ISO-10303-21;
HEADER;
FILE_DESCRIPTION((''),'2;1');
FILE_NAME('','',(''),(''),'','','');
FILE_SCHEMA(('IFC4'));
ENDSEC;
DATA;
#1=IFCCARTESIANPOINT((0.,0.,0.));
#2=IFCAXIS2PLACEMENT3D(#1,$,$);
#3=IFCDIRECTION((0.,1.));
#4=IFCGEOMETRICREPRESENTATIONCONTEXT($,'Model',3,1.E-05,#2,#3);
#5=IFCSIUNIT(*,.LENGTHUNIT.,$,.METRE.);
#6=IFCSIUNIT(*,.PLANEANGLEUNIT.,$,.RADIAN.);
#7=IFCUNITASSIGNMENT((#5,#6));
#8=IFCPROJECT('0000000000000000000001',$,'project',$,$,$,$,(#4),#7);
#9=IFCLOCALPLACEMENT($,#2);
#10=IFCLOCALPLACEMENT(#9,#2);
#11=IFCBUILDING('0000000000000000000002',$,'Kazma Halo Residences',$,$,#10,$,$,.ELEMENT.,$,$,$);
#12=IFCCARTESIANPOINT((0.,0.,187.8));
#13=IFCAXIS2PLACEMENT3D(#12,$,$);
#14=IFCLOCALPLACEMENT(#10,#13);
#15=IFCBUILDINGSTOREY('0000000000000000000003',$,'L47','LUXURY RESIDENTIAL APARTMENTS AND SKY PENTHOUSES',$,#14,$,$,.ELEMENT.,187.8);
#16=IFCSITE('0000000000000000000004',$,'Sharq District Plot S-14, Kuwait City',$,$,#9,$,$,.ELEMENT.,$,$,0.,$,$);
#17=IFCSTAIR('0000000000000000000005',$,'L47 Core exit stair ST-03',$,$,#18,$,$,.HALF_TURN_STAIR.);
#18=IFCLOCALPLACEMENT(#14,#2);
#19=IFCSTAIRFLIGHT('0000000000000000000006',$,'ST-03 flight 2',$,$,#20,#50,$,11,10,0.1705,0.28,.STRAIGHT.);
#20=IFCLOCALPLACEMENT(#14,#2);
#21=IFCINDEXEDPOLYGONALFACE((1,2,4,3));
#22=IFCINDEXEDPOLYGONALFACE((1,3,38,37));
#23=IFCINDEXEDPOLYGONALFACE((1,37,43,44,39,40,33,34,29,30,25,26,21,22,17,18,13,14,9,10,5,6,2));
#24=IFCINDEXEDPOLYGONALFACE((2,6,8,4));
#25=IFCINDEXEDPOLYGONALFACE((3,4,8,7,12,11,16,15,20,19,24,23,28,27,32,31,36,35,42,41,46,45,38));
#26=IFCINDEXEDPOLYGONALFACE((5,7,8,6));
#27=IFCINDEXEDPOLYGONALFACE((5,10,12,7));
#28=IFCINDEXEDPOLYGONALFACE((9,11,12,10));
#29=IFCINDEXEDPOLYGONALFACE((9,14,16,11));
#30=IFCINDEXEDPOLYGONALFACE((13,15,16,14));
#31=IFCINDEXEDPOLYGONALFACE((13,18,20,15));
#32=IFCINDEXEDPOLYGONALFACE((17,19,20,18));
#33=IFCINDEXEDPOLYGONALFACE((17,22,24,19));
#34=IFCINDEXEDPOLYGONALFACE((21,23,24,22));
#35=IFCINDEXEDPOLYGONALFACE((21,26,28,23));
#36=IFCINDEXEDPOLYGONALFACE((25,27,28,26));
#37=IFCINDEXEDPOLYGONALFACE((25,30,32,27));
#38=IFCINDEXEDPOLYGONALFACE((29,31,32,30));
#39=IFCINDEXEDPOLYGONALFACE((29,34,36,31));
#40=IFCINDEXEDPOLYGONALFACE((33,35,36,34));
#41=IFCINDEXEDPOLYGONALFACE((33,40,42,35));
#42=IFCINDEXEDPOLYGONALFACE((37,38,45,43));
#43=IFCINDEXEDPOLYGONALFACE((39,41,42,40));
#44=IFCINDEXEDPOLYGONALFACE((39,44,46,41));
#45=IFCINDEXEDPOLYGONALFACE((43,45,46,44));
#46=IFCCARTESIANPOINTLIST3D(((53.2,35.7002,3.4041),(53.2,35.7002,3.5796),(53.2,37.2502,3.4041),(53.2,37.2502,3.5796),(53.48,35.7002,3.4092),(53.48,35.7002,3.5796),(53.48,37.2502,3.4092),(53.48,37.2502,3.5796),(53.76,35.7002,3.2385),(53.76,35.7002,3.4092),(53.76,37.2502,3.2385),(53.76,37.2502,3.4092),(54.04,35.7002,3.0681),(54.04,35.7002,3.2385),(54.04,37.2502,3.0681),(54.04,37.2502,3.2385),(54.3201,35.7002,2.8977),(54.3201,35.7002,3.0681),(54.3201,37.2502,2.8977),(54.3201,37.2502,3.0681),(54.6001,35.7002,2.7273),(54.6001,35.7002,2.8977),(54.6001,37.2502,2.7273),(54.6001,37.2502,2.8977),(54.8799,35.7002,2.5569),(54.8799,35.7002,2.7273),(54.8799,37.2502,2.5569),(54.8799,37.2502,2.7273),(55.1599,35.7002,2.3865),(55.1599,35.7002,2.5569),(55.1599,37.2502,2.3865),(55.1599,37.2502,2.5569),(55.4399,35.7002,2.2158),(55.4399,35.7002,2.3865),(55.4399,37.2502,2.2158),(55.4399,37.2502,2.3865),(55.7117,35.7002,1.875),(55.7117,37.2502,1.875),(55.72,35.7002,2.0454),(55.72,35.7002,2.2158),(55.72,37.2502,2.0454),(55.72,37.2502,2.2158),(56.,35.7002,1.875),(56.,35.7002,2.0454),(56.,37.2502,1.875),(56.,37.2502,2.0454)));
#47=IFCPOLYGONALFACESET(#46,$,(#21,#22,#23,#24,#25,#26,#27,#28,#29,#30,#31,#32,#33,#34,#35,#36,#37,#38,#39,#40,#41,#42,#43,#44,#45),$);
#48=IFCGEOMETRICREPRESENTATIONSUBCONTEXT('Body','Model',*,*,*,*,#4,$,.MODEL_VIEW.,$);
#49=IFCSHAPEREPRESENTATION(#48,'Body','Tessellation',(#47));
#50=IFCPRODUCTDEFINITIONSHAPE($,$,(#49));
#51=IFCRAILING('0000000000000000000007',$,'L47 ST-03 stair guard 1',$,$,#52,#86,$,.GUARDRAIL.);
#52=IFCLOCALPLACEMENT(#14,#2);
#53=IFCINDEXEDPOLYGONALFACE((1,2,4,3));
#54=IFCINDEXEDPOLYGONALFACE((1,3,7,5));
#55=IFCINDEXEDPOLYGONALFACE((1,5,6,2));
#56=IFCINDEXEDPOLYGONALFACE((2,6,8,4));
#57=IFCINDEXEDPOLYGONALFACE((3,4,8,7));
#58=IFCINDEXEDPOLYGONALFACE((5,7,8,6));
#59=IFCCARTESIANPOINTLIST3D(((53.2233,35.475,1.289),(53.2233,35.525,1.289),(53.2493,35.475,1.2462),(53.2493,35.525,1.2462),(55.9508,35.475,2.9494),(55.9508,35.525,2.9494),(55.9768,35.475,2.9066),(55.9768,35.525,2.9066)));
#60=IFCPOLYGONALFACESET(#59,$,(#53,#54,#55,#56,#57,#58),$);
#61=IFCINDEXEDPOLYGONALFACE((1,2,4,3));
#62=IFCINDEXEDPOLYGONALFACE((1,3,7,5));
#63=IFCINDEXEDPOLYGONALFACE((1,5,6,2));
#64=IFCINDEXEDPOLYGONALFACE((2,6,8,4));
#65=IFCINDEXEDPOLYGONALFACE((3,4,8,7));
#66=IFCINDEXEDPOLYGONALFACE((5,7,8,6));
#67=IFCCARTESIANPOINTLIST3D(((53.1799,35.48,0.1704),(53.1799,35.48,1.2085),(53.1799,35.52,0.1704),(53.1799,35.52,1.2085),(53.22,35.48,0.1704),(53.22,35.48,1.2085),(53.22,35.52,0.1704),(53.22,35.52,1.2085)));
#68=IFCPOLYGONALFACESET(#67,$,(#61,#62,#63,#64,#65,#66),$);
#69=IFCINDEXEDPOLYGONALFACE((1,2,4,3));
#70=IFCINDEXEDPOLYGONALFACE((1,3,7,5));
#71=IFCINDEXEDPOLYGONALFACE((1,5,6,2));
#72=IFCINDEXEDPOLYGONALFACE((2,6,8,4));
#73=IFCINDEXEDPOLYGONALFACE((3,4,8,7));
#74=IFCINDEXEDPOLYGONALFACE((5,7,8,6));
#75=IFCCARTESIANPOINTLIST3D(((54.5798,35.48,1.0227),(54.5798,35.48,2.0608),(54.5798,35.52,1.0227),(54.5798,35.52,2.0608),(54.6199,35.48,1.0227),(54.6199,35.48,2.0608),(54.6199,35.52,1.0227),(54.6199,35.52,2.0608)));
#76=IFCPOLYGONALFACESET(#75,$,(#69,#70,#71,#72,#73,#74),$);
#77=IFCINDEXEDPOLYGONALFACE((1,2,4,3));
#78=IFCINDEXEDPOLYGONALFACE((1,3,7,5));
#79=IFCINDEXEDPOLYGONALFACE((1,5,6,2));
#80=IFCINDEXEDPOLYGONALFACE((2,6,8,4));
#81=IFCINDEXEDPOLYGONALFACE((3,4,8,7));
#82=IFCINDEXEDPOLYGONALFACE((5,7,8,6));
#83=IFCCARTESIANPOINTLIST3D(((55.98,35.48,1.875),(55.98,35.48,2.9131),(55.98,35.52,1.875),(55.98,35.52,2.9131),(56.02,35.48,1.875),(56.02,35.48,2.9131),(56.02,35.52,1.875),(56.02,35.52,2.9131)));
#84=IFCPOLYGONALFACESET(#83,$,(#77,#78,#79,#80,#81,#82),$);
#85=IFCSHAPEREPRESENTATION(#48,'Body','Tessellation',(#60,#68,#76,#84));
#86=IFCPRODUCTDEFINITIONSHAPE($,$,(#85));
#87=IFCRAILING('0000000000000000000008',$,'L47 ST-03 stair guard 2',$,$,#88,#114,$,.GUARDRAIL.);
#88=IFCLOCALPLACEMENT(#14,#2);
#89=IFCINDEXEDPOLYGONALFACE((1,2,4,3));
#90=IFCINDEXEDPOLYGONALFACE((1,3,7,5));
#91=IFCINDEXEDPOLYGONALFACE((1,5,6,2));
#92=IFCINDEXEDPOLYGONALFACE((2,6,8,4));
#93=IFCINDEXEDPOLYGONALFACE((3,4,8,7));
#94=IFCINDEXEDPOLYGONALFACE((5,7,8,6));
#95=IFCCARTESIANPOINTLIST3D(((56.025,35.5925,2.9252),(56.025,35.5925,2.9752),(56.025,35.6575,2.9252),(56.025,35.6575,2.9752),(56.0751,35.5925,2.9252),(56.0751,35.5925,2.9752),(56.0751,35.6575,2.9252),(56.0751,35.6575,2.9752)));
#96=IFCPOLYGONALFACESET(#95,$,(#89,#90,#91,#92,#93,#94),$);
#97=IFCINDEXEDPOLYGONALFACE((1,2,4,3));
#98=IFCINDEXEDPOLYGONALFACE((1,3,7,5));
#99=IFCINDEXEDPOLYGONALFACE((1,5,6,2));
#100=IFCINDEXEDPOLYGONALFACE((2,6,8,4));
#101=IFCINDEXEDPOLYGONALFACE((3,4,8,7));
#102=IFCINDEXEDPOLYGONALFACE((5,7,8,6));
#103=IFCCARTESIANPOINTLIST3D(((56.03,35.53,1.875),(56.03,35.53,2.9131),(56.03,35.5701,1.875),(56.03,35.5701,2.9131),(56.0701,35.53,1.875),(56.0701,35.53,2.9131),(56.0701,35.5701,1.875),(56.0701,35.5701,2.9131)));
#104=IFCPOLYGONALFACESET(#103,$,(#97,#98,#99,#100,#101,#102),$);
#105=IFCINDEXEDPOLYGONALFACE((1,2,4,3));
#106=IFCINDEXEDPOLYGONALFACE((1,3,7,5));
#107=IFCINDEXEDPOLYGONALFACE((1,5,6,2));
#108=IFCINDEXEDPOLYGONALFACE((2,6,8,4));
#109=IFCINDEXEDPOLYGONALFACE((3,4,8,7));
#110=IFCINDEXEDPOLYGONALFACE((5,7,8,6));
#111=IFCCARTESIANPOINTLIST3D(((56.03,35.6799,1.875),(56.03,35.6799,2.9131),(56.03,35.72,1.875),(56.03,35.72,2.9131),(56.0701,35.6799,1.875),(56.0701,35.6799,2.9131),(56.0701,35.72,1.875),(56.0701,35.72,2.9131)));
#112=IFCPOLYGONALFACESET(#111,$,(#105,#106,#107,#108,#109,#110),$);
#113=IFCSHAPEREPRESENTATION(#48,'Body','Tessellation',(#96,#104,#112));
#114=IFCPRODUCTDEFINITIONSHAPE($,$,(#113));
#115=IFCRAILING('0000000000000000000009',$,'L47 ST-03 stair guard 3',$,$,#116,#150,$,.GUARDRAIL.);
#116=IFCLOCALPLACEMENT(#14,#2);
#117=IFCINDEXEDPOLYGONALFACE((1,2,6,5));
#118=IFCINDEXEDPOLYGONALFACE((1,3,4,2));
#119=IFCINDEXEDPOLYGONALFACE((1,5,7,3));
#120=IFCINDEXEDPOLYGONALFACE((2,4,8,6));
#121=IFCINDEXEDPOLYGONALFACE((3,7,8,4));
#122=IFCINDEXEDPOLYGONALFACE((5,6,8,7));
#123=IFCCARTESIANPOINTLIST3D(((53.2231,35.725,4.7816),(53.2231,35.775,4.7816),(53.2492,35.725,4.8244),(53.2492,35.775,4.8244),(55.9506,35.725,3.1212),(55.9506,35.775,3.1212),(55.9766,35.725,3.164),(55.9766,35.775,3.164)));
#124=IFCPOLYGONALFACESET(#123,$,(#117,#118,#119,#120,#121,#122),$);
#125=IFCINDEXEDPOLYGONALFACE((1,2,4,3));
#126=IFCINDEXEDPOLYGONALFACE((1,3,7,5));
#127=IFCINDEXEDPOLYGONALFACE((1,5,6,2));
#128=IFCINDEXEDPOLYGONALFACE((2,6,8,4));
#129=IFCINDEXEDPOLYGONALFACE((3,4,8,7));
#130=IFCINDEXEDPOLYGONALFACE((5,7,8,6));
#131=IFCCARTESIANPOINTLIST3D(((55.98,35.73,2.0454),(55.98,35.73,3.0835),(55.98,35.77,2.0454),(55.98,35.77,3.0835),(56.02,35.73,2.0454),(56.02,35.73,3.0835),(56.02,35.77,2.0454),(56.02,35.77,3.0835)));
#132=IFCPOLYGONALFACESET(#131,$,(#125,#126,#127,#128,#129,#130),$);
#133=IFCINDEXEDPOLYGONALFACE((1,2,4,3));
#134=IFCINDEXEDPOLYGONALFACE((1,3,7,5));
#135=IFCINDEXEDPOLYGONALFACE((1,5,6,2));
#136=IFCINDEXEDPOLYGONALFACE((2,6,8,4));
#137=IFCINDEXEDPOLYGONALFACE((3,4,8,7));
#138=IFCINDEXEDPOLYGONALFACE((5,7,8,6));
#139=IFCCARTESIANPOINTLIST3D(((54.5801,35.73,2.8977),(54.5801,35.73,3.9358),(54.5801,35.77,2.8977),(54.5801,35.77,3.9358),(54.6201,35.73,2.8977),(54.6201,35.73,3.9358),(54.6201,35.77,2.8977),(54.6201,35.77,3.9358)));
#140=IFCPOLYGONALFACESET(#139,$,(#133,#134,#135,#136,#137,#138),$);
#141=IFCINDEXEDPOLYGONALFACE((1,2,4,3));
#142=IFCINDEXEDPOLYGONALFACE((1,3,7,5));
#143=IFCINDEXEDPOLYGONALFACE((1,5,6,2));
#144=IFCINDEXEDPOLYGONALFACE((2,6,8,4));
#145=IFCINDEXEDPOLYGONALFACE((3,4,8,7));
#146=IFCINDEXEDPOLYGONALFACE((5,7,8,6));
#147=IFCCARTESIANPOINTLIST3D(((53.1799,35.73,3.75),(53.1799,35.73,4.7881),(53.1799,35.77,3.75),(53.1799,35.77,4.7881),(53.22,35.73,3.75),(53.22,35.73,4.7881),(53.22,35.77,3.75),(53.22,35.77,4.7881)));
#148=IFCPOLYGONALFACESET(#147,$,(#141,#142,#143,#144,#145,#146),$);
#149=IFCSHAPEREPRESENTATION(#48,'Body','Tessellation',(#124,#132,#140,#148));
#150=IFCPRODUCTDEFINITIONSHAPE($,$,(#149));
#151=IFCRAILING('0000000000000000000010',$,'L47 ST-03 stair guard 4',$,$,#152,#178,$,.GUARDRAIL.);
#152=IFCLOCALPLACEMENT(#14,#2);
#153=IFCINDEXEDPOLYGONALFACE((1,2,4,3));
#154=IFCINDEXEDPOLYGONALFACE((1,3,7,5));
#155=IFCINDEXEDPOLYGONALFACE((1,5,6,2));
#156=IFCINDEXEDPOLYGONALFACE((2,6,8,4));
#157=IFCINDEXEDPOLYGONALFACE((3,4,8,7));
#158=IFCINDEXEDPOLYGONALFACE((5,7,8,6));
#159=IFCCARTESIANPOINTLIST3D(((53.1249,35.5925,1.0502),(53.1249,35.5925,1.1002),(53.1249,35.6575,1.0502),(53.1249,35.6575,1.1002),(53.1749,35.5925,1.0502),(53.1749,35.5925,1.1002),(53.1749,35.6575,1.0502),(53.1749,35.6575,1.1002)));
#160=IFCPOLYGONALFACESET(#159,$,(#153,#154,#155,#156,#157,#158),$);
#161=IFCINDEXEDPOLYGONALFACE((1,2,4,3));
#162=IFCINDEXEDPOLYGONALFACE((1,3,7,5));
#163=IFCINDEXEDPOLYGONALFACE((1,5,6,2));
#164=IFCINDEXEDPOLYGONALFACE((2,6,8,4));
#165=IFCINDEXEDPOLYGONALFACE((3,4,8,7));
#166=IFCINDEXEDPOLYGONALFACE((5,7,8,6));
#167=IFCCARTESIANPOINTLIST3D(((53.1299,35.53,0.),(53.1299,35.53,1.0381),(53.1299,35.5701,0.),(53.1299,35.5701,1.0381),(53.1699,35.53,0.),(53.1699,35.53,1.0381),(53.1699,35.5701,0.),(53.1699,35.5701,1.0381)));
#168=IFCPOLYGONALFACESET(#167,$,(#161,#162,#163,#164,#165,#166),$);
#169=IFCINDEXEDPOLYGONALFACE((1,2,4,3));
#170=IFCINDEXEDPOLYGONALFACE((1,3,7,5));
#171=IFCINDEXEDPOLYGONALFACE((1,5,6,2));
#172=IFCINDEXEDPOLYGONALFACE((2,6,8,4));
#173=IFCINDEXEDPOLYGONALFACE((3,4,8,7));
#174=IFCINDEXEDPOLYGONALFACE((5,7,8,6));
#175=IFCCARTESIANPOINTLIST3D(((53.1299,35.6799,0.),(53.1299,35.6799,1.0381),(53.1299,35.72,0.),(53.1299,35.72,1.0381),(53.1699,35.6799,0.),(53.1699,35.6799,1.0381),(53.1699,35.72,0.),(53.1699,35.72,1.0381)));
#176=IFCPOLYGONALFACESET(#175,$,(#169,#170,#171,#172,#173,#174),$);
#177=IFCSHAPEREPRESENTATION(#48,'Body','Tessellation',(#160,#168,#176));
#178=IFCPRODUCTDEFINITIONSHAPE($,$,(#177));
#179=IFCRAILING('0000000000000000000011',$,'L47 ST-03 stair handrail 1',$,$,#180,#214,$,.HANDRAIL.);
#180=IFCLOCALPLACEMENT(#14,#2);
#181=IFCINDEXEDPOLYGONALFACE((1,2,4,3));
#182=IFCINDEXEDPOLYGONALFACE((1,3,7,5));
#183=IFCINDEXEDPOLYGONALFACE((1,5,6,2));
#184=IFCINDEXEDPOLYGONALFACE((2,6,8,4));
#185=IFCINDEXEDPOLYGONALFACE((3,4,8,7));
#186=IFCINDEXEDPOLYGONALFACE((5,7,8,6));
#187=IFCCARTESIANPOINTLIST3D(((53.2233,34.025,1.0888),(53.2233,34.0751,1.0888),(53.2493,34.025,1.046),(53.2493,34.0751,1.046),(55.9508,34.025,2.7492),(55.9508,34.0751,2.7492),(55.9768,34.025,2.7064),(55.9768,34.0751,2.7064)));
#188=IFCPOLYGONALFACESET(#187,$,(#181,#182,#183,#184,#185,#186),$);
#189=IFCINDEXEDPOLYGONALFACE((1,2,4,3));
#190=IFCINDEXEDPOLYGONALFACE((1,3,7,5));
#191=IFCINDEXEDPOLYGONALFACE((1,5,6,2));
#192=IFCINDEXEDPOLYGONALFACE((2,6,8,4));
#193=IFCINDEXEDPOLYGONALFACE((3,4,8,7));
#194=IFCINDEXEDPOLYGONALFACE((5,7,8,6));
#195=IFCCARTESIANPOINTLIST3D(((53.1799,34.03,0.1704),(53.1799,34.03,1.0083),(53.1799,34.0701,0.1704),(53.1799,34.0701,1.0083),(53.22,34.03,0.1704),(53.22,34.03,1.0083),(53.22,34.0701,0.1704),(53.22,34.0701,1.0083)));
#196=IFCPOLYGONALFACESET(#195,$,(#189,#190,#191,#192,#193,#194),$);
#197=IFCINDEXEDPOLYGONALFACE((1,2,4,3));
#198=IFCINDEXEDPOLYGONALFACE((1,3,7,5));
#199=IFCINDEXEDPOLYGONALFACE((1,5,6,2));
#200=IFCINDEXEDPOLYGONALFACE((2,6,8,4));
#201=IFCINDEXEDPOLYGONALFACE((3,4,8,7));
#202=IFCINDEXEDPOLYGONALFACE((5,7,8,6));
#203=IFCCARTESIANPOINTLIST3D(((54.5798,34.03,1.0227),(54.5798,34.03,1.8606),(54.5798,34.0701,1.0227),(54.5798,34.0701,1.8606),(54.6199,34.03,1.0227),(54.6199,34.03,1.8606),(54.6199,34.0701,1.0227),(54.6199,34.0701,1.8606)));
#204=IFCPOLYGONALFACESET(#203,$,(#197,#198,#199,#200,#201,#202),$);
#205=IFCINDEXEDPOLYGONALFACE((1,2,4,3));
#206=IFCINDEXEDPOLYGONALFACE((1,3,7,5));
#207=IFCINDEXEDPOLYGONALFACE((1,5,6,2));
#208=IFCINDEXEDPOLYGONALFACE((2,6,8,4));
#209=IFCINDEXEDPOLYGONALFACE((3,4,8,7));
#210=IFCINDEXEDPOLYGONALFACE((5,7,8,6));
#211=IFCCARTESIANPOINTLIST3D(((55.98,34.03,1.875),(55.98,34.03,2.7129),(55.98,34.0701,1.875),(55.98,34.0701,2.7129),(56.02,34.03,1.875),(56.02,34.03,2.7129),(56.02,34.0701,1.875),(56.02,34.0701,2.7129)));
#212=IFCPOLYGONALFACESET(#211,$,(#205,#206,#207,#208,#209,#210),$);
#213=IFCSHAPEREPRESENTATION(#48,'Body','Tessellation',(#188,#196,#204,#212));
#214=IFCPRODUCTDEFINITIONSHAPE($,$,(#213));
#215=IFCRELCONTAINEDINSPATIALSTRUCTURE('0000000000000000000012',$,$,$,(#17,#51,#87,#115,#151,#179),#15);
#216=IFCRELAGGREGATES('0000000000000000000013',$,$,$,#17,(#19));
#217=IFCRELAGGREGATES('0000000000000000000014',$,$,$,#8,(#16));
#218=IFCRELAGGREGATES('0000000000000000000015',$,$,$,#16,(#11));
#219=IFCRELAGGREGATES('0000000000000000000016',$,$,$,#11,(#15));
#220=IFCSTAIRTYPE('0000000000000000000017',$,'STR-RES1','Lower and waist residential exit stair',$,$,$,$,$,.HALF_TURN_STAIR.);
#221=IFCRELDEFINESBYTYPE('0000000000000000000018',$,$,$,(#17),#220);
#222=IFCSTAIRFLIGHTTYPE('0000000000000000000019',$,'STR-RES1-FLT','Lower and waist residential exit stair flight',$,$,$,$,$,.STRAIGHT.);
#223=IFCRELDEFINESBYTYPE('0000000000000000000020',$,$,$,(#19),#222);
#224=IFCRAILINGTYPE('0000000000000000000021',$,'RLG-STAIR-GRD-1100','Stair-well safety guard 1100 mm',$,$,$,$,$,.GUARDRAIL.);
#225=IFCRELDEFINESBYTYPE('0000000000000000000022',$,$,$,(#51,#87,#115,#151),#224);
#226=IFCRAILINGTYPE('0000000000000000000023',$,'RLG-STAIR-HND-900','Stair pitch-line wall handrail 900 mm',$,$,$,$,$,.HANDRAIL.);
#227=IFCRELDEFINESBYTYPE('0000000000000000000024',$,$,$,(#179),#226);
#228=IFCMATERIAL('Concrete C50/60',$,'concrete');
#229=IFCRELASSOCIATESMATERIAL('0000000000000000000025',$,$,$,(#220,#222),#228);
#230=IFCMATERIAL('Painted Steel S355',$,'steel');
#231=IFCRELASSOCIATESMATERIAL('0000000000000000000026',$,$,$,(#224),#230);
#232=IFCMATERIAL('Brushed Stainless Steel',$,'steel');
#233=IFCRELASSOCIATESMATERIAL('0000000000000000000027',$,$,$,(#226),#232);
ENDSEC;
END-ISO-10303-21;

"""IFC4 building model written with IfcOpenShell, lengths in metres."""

from ifc_helpers import new_model, si_unit, direction, frame, origin, origin_2d, place, context, subcontext, project, spatial, polyline, rectangle, outline, extrude, material, type_object, element, aggregate, save


model = new_model("IFC4")

# Units and contexts
model_context = context("Model", 3, precision=1e-05, world=origin(), true_north=direction((0.0, 1.0)))
body_context = subcontext(model_context, "Body", "Model", "MODEL_VIEW")
ifc_project = project(units=[si_unit("LENGTHUNIT", "METRE"), si_unit("PLANEANGLEUNIT", "RADIAN")], contexts=[model_context])

# Site, building, storey
site_placement = place(None, origin())
site = spatial("IfcSite", under=ifc_project, at=site_placement, Name="Sharq District Plot S-14, Kuwait City", CompositionType="ELEMENT", RefElevation=0.0)
building_placement = place(site_placement, origin())
building = spatial("IfcBuilding", under=site, at=building_placement, Name="Kazma Halo Residences", CompositionType="ELEMENT")
storey_placement = place(building_placement, frame((0.0, 0.0, 187.8)))
storey = spatial("IfcBuildingStorey", under=building, at=storey_placement, Name="L47", Description="LUXURY RESIDENTIAL APARTMENTS AND SKY PENTHOUSES", CompositionType="ELEMENT", Elevation=187.8)

# Shared definitions
ifc_material_1 = material(Name="Concrete C50/60", Category="concrete")

# Stair, stair flight
stair_type = type_object("IfcStairType", Name="STR-RES1", Description="Lower and waist residential exit stair", PredefinedType="HALF_TURN_STAIR", material=ifc_material_1)
stair_placement = place(storey_placement, origin())
stair = element("IfcStair", 1, at=stair_placement, inside=storey, type_object=stair_type, Name="L47 Core exit stair ST-03", PredefinedType="HALF_TURN_STAIR")
stair_flight_type = type_object("IfcStairFlightType", Name="STR-RES1-FLT", Description="Lower and waist residential exit stair flight", PredefinedType="STRAIGHT", material=ifc_material_1)
stair_flight_1_placement = place(storey_placement, frame((56.0, 36.4751, 1.875), z_axis=(0.0, 0.0, 1.0), x_axis=(-1.0, 0.0, 0.0)))
stair_flight_1 = element("IfcStairFlight", 2, at=stair_flight_1_placement, type_object=stair_flight_type, Name="ST-03 flight 2", NumberOfRisers=11, NumberOfTreads=10, PredefinedType="STRAIGHT", RiserHeight=0.1705, TreadLength=0.28, context=body_context, shape_type="SweptSolid", body=[
    extrude(outline(polyline([(0.0, 0.0), (0.0, 0.1704), (0.28, 0.1704), (0.28, 0.3408), (0.5601, 0.3408), (0.5601, 0.5115), (0.8401, 0.5115), (0.8401, 0.6819), (1.1201, 0.6819), (1.1201, 0.8523), (1.3999, 0.8523), (1.3999, 1.0227), (1.6799, 1.0227), (1.6799, 1.1931), (1.96, 1.1931), (1.96, 1.3635), (2.24, 1.3635), (2.24, 1.5342), (2.52, 1.5342), (2.52, 1.7046), (2.8, 1.7046), (2.8, 1.875), (2.8, 1.5291), (0.2883, 0.0), (0.0, 0.0)])), frame((0.0, 0.7749, 0.0), z_axis=(0.0, -1.0, 0.0), x_axis=(1.0, 0.0, 0.0)), (0.0, 0.0, 1.0), 1.55),
])
aggregate(stair, [stair_flight_1])

# Railings
ifc_material_2 = material(Name="Painted Steel S355", Category="steel")
railing_type_1 = type_object("IfcRailingType", Name="RLG-STAIR-GRD-1100", Description="Stair-well safety guard 1100 mm", PredefinedType="GUARDRAIL", material=ifc_material_2)
railing_1_placement = place(storey_placement, frame((53.2, 35.5, 0.1704)))
element("IfcRailing", 3, at=railing_1_placement, inside=storey, type_object=railing_type_1, Name="L47 ST-03 stair guard 1", PredefinedType="GUARDRAIL", context=body_context, shape_type="SweptSolid", body=[
    extrude(rectangle(XDim=0.05, YDim=0.05, at=origin_2d()), frame((0.0364, 0.0, 1.0972), z_axis=(0.85417, 0.0, 0.519994), x_axis=(0.0, 1.0, 0.0)), (0.0, 0.0, 1.0), 3.1931),
    extrude(rectangle(XDim=0.04, YDim=0.04, at=origin_2d()), origin(), (0.0, 0.0, 1.0), 1.0381),
    extrude(rectangle(XDim=0.04, YDim=0.04, at=origin_2d()), frame((1.3999, 0.0, 0.8523)), (0.0, 0.0, 1.0), 1.0381),
    extrude(rectangle(XDim=0.04, YDim=0.04, at=origin_2d()), frame((2.8, 0.0, 1.7046)), (0.0, 0.0, 1.0), 1.0381),
])
railing_2_placement = place(storey_placement, frame((56.05, 35.55, 1.875)))
element("IfcRailing", 4, at=railing_2_placement, inside=storey, type_object=railing_type_1, Name="L47 ST-03 stair guard 2", PredefinedType="GUARDRAIL", context=body_context, shape_type="SweptSolid", body=[
    extrude(rectangle(XDim=0.05, YDim=0.05, at=origin_2d()), frame((0.0, 0.0425, 1.0752), z_axis=(0.0, 1.0, 0.0), x_axis=(-1.0, 0.0, 0.0)), (0.0, 0.0, 1.0), 0.0649),
    extrude(rectangle(XDim=0.04, YDim=0.04, at=origin_2d()), origin(), (0.0, 0.0, 1.0), 1.0381),
    extrude(rectangle(XDim=0.04, YDim=0.04, at=origin_2d()), frame((0.0, 0.1499, 0.0)), (0.0, 0.0, 1.0), 1.0381),
])
railing_3_placement = place(storey_placement, frame((56.0, 35.75, 2.0454)))
element("IfcRailing", 5, at=railing_3_placement, inside=storey, type_object=railing_type_1, Name="L47 ST-03 stair guard 3", PredefinedType="GUARDRAIL", context=body_context, shape_type="SweptSolid", body=[
    extrude(rectangle(XDim=0.05, YDim=0.05, at=origin_2d()), frame((-0.0364, 0.0, 1.0972), z_axis=(-0.85417, 0.0, 0.519994), x_axis=(0.0, -1.0, 0.0)), (0.0, 0.0, 1.0), 3.1931),
    extrude(rectangle(XDim=0.04, YDim=0.04, at=origin_2d()), origin(), (0.0, 0.0, 1.0), 1.0381),
    extrude(rectangle(XDim=0.04, YDim=0.04, at=origin_2d()), frame((-1.3999, 0.0, 0.8523)), (0.0, 0.0, 1.0), 1.0381),
    extrude(rectangle(XDim=0.04, YDim=0.04, at=origin_2d()), frame((-2.8, 0.0, 1.7046)), (0.0, 0.0, 1.0), 1.0381),
])
railing_4_placement = place(storey_placement, frame((53.1499, 35.55, 0.0)))
element("IfcRailing", 6, at=railing_4_placement, inside=storey, type_object=railing_type_1, Name="L47 ST-03 stair guard 4", PredefinedType="GUARDRAIL", context=body_context, shape_type="SweptSolid", body=[
    extrude(rectangle(XDim=0.05, YDim=0.05, at=origin_2d()), frame((0.0, 0.0425, 1.0752), z_axis=(0.0, 1.0, 0.0), x_axis=(-1.0, 0.0, 0.0)), (0.0, 0.0, 1.0), 0.0649),
    extrude(rectangle(XDim=0.04, YDim=0.04, at=origin_2d()), origin(), (0.0, 0.0, 1.0), 1.0381),
    extrude(rectangle(XDim=0.04, YDim=0.04, at=origin_2d()), frame((0.0, 0.1499, 0.0)), (0.0, 0.0, 1.0), 1.0381),
])
ifc_material_3 = material(Name="Brushed Stainless Steel", Category="steel")
railing_type_2 = type_object("IfcRailingType", Name="RLG-STAIR-HND-900", Description="Stair pitch-line wall handrail 900 mm", PredefinedType="HANDRAIL", material=ifc_material_3)
railing_5_placement = place(storey_placement, frame((53.2, 34.05, 0.1704)))
element("IfcRailing", 7, at=railing_5_placement, inside=storey, type_object=railing_type_2, Name="L47 ST-03 stair handrail 1", PredefinedType="HANDRAIL", context=body_context, shape_type="SweptSolid", body=[
    extrude(rectangle(XDim=0.05, YDim=0.05, at=origin_2d()), frame((0.0364, 0.0, 0.897), z_axis=(0.85417, 0.0, 0.519994), x_axis=(0.0, 1.0, 0.0)), (0.0, 0.0, 1.0), 3.1931),
    extrude(rectangle(XDim=0.04, YDim=0.04, at=origin_2d()), origin(), (0.0, 0.0, 1.0), 0.8379),
    extrude(rectangle(XDim=0.04, YDim=0.04, at=origin_2d()), frame((1.3999, 0.0, 0.8523)), (0.0, 0.0, 1.0), 0.8379),
    extrude(rectangle(XDim=0.04, YDim=0.04, at=origin_2d()), frame((2.8, 0.0, 1.7046)), (0.0, 0.0, 1.0), 0.8379),
])

save(model, "model.ifc")
